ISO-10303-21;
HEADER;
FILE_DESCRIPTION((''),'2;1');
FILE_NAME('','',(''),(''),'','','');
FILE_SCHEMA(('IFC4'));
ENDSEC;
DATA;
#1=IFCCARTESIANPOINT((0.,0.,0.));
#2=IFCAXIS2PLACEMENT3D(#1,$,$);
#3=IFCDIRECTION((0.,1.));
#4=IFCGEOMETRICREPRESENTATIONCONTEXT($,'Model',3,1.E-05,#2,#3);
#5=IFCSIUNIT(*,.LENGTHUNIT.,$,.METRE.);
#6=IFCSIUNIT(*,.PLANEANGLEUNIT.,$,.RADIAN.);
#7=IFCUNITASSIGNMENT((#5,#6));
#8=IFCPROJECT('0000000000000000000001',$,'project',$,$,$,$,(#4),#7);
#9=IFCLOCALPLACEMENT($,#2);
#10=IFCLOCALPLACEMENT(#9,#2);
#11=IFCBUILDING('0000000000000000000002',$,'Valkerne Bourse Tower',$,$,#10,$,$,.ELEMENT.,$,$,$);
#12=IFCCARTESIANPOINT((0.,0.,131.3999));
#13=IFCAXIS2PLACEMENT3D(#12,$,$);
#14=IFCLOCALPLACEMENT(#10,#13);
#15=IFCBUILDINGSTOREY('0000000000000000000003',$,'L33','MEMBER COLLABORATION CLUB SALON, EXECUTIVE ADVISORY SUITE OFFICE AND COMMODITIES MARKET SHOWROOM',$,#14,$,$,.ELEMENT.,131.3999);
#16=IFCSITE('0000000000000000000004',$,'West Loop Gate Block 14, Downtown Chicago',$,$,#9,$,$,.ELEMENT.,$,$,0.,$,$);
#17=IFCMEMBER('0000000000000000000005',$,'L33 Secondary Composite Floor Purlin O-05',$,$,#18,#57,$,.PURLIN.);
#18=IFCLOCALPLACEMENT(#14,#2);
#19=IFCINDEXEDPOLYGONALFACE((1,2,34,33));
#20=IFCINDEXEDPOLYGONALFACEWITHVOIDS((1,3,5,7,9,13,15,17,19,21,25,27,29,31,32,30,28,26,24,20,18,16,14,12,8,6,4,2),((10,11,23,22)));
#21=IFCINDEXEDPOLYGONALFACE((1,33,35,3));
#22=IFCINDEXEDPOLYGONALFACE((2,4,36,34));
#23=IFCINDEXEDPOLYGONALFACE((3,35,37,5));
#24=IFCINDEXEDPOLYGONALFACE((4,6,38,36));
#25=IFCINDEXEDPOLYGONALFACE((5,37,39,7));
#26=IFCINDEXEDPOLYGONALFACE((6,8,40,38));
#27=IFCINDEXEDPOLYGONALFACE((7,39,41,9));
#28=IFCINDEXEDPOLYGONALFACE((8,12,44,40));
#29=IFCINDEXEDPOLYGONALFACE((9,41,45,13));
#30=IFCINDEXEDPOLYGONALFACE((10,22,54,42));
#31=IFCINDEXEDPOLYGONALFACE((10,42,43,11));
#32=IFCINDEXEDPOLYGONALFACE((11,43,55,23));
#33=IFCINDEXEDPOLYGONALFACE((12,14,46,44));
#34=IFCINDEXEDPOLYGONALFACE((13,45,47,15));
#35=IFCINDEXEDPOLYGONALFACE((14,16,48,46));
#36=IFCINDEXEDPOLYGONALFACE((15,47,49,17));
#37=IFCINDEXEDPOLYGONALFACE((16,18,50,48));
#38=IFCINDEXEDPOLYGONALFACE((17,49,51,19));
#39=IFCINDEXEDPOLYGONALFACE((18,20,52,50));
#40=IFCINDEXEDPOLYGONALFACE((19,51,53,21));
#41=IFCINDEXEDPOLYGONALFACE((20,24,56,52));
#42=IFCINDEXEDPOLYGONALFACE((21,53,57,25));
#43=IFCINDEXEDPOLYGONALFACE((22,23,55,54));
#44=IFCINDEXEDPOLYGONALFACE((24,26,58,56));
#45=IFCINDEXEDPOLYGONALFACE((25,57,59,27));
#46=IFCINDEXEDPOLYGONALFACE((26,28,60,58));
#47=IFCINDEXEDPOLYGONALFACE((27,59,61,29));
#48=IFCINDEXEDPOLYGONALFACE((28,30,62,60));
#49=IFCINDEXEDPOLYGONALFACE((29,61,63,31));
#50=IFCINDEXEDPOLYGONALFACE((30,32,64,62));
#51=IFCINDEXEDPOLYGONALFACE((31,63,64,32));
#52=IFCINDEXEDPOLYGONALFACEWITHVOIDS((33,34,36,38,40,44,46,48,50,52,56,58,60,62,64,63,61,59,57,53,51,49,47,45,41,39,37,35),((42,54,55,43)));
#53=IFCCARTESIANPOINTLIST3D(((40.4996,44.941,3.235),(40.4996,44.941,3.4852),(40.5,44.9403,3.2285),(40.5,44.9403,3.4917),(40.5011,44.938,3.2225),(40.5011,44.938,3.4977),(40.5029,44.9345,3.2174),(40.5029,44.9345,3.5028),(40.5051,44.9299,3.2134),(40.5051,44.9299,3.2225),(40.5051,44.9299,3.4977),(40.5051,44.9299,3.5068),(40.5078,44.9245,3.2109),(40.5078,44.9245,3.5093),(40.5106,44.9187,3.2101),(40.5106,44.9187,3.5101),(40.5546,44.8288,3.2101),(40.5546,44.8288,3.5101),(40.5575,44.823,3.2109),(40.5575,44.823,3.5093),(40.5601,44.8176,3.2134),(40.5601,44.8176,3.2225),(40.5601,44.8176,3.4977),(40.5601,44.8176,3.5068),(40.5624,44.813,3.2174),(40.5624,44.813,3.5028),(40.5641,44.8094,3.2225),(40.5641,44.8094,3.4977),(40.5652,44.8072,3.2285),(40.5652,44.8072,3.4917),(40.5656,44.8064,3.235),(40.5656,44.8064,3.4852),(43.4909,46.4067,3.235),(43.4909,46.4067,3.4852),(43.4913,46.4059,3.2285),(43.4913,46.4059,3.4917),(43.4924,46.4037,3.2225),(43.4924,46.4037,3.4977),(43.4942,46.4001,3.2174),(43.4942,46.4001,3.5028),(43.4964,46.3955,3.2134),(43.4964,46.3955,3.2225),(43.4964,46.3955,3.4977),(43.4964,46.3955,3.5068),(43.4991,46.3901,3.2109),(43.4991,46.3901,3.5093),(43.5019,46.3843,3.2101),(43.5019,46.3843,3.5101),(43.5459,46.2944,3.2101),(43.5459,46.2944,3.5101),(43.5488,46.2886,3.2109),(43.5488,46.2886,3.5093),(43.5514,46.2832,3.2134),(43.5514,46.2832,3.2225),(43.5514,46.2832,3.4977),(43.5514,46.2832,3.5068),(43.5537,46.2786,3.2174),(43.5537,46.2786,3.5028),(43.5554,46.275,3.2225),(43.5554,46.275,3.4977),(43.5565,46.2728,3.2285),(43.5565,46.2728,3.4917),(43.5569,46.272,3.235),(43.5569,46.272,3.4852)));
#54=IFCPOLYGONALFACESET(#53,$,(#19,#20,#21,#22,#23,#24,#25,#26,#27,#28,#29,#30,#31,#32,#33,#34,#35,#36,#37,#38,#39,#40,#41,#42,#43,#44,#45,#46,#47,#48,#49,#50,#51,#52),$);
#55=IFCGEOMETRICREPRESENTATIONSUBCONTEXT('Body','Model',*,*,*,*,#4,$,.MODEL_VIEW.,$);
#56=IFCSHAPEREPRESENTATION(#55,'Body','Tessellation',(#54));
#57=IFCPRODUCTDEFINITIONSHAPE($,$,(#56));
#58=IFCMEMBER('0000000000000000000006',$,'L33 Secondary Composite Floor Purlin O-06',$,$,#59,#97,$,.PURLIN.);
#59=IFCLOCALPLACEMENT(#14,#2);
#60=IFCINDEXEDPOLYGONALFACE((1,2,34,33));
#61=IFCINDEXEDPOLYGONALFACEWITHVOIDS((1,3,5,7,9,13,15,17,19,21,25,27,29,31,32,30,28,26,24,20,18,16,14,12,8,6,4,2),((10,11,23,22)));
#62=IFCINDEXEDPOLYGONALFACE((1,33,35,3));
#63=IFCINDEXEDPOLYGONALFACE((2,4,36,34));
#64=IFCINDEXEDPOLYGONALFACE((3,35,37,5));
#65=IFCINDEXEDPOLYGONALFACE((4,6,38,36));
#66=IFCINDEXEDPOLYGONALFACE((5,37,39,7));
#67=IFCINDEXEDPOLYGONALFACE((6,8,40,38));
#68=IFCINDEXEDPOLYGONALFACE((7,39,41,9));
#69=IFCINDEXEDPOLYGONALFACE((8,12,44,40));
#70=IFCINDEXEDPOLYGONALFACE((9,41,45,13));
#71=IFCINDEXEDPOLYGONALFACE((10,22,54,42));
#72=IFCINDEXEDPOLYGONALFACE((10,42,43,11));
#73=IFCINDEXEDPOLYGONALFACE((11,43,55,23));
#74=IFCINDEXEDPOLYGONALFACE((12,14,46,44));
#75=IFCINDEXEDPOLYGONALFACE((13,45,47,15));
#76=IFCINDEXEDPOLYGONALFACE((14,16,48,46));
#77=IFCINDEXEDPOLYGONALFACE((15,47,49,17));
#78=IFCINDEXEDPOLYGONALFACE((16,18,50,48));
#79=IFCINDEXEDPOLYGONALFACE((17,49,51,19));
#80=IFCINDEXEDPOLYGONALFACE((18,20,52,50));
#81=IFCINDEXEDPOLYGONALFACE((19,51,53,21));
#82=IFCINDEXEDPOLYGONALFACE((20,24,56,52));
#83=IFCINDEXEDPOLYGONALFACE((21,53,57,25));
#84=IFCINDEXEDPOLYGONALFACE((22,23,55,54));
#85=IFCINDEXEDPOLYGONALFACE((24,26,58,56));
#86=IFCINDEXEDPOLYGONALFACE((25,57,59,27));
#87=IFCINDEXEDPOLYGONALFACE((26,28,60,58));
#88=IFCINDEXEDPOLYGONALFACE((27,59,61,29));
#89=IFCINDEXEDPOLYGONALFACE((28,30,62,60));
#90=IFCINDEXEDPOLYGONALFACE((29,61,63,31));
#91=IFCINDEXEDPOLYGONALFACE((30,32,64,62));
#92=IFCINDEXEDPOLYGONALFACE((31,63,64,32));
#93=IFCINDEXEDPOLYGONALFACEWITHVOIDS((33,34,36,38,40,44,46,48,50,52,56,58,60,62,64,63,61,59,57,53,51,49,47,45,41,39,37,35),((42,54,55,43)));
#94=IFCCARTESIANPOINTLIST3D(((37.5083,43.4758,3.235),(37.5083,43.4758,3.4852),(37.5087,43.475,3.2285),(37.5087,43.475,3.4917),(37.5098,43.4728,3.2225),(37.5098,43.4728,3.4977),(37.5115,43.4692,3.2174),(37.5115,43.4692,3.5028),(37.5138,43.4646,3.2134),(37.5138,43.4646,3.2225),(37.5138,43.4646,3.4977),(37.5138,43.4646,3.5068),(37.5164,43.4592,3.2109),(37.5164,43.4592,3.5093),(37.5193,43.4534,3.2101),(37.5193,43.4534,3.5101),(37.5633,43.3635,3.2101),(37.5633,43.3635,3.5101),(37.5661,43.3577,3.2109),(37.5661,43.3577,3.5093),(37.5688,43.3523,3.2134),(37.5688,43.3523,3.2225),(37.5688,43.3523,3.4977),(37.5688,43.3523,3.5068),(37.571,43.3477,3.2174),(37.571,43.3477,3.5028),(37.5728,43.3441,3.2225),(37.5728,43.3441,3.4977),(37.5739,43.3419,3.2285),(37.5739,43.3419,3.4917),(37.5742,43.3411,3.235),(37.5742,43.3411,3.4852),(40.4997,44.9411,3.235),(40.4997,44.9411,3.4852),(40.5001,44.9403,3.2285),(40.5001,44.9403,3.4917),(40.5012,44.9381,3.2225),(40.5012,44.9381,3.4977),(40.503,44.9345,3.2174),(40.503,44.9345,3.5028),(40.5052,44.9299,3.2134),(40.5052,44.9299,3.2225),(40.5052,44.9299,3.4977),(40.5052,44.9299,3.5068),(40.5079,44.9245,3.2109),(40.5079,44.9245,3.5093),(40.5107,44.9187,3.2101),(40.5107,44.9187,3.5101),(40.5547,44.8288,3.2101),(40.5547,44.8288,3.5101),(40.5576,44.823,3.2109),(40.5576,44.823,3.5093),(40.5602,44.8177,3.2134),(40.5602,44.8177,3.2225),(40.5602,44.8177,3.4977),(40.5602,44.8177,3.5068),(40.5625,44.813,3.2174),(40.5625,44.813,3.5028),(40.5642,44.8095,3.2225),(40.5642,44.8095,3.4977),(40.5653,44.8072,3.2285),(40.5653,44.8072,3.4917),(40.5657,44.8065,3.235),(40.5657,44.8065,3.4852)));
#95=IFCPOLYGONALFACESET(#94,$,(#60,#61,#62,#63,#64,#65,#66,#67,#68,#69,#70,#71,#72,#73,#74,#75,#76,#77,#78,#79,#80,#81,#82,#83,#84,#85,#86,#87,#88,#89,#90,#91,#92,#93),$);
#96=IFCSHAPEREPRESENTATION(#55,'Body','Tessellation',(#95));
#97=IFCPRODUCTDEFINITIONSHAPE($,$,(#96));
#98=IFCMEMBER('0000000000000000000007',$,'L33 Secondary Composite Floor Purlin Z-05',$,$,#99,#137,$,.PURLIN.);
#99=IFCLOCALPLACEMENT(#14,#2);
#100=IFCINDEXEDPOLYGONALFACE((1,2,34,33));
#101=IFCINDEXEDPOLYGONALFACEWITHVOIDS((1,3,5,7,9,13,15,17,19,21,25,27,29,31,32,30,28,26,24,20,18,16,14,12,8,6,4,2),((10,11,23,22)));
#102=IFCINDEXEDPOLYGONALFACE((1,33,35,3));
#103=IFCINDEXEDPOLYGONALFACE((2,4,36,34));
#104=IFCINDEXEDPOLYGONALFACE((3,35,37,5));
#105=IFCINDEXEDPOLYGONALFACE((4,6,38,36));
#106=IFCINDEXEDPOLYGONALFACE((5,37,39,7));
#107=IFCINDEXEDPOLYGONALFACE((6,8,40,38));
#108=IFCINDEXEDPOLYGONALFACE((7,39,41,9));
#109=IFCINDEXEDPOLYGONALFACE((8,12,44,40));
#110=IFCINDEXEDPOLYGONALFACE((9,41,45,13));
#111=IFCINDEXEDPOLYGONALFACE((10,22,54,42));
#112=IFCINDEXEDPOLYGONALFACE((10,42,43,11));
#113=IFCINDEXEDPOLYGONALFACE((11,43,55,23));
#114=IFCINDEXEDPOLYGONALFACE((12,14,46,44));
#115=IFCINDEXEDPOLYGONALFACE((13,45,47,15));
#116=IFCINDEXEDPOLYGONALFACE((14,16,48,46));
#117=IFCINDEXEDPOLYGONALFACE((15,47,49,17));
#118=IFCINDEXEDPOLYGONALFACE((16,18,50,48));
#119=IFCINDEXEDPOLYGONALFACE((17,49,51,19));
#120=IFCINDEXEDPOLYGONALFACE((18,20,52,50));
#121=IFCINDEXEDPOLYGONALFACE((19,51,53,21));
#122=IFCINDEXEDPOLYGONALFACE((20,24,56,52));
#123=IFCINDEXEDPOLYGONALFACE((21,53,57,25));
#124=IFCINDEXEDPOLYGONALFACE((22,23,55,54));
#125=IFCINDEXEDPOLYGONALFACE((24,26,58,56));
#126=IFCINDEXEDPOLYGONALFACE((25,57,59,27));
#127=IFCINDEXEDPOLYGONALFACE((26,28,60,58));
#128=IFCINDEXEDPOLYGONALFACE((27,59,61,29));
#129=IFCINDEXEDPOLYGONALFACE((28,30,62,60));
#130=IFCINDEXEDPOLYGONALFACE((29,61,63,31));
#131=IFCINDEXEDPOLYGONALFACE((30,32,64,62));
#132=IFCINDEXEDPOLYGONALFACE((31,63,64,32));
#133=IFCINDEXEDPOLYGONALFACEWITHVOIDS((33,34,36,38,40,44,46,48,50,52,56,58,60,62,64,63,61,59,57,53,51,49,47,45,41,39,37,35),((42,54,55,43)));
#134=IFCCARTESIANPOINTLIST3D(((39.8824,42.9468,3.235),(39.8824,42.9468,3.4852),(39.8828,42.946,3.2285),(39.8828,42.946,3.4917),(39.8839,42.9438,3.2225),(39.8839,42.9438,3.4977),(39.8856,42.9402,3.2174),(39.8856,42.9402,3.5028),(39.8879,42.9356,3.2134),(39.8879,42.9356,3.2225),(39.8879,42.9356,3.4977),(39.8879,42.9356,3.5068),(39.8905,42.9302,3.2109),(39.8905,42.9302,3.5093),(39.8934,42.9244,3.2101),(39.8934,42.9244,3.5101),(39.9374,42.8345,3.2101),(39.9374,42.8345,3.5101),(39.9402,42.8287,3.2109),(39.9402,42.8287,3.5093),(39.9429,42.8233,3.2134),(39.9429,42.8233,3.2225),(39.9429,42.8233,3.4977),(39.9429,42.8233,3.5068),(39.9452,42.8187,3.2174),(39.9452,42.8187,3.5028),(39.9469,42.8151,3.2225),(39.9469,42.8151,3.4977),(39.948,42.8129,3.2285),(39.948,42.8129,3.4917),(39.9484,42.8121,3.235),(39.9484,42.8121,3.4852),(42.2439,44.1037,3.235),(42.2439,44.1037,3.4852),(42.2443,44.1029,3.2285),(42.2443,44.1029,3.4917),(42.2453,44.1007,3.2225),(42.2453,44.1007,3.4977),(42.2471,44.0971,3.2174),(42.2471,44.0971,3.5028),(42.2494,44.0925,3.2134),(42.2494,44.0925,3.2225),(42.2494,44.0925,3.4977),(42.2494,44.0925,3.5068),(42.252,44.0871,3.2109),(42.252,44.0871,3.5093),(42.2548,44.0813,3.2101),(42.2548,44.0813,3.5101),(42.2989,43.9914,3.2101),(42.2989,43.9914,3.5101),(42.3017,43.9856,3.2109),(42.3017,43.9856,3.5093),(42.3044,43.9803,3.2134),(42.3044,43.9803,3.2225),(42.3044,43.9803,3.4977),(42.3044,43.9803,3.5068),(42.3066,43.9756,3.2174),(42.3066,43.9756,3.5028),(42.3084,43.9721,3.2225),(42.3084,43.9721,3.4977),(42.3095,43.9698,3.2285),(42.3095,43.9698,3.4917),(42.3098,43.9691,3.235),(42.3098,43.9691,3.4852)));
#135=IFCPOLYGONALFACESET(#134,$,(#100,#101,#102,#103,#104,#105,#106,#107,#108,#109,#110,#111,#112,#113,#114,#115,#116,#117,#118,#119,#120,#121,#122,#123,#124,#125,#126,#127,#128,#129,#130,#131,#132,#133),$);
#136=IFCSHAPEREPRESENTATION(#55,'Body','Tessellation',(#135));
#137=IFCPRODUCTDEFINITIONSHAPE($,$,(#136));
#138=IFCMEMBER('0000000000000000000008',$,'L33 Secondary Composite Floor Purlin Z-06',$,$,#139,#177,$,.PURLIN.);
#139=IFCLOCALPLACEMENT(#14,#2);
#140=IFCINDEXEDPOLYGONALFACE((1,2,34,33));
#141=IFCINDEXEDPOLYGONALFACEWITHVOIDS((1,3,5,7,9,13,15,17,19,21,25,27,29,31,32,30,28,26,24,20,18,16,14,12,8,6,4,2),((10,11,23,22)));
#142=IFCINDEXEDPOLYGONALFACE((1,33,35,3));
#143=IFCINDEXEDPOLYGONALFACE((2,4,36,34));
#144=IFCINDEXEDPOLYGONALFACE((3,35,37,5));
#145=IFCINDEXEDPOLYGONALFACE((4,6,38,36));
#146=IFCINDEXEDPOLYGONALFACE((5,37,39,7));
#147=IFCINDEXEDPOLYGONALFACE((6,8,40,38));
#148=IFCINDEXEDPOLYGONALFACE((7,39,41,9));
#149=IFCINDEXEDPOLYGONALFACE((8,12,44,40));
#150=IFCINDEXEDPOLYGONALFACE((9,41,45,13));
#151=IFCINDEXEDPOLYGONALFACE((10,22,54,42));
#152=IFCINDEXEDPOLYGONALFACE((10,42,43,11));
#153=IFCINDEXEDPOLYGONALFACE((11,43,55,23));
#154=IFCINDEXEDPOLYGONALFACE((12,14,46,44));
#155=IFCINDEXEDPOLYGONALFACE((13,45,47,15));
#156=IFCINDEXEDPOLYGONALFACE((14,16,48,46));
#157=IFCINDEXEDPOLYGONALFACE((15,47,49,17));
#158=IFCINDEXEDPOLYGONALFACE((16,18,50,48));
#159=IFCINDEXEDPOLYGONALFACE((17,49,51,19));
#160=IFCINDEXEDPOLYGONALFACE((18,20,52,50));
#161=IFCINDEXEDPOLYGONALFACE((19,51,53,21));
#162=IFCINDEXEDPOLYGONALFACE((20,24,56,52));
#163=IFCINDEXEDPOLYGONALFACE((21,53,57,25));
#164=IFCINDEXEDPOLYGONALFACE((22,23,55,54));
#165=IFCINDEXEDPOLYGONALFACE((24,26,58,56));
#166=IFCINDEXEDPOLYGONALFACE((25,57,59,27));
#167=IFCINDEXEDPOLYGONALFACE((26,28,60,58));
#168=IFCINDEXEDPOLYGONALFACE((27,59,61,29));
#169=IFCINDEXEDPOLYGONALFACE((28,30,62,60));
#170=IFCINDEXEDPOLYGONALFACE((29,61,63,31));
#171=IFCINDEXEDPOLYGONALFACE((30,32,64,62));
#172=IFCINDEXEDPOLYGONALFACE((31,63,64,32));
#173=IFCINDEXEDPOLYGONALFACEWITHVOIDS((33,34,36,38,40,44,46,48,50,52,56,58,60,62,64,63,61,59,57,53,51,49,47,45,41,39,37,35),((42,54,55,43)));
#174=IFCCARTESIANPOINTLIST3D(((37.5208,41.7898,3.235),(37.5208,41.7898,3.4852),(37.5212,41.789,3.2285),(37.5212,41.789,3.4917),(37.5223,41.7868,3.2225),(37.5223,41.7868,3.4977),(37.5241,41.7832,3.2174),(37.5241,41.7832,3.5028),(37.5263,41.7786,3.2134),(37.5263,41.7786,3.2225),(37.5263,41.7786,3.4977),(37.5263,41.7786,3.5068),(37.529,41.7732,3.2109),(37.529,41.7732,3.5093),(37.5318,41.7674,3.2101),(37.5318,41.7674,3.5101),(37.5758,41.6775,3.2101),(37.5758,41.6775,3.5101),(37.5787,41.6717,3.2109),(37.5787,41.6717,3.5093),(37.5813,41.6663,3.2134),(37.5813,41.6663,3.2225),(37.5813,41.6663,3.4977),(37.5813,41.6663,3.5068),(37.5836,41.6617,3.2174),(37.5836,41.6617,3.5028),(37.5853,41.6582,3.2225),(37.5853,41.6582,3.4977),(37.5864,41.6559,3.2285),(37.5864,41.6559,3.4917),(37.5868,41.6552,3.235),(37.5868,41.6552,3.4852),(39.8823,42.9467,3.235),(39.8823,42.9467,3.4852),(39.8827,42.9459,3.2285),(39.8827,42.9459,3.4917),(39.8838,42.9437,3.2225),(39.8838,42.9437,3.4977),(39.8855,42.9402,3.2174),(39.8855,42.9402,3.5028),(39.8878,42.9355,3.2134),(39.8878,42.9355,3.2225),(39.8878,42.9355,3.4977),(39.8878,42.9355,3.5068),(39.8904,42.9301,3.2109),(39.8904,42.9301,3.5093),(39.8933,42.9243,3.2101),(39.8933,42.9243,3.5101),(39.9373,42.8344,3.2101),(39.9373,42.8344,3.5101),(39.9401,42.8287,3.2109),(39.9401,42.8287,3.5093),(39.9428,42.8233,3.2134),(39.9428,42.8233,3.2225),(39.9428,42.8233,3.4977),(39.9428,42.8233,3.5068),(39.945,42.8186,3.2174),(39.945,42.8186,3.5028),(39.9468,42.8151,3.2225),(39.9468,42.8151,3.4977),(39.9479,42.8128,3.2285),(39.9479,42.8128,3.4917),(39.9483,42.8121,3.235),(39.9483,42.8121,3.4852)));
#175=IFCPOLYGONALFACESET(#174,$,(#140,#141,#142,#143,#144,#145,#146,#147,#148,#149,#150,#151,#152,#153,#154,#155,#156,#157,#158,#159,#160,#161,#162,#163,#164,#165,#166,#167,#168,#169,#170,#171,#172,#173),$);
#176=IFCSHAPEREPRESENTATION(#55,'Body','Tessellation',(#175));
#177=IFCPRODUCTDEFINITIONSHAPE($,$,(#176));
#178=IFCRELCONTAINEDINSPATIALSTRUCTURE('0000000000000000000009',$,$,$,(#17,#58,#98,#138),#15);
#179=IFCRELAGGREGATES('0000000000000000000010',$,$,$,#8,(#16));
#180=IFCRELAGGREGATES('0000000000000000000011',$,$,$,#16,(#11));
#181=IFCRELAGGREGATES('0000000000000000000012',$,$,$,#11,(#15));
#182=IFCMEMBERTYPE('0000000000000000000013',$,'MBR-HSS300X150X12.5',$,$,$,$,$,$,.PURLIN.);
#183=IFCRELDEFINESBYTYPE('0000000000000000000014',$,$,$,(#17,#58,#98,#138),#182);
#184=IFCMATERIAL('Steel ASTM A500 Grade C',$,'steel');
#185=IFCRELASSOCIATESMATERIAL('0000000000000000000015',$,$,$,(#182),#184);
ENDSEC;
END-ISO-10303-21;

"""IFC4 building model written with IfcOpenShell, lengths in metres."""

from ifc_helpers import new_model, si_unit, direction, frame, origin, origin_2d, place, context, subcontext, project, spatial, hollow_rectangle, extrude, material, material_profile, profile_set, type_object, element, save


model = new_model("IFC4")

# Units and contexts
model_context = context("Model", 3, precision=1e-05, world=origin(), true_north=direction((0.0, 1.0)))
body_context = subcontext(model_context, "Body", "Model", "MODEL_VIEW")
ifc_project = project(units=[si_unit("LENGTHUNIT", "METRE"), si_unit("PLANEANGLEUNIT", "RADIAN")], contexts=[model_context])

# Site, building, storey
site_placement = place(None, origin())
site = spatial("IfcSite", under=ifc_project, at=site_placement, Name="West Loop Gate Block 14, Downtown Chicago", CompositionType="ELEMENT", RefElevation=0.0)
building_placement = place(site_placement, origin())
building = spatial("IfcBuilding", under=site, at=building_placement, Name="Valkerne Bourse Tower", CompositionType="ELEMENT")
storey_placement = place(building_placement, frame((0.0, 0.0, 131.3999)))
storey = spatial("IfcBuildingStorey", under=building, at=storey_placement, Name="L33", Description="MEMBER COLLABORATION CLUB SALON, EXECUTIVE ADVISORY SUITE OFFICE AND COMMODITIES MARKET SHOWROOM", CompositionType="ELEMENT", Elevation=131.3999)

# Members
ifc_material_1 = material(Name="Steel ASTM A500 Grade C", Category="steel")
ifc_material_profile_1 = material_profile(ifc_material_1, hollow_rectangle(XDim=0.1499, YDim=0.3, WallThickness=0.0125, OuterFilletRadius=0.0249, at=origin_2d()), Name="HSS300X150X12.5")
ifc_profile_set_1 = profile_set([ifc_material_profile_1], Name="Steel ASTM A500 Grade C")
member_type_1 = type_object("IfcMemberType", Name="MBR-HSS300X150X12.5", PredefinedType="PURLIN", material=ifc_profile_set_1)
for number, where, z_axis, x_axis, name in (
    (1, (43.5239, 46.3394, 3.3601), (-0.898004, -0.439987, 0.0), (0.439987, -0.898004, 0.0), "L33 Secondary Composite Floor Purlin O-05"),
    (2, (40.5327, 44.8738, 3.3601), (-0.898047, -0.439899, 0.0), (0.439899, -0.898047, 0.0), "L33 Secondary Composite Floor Purlin O-06"),
):
    element("IfcMember", number, at=place(storey_placement, frame(where, z_axis=z_axis, x_axis=x_axis)), inside=storey, type_object=member_type_1, Name=name, PredefinedType="PURLIN", context=body_context, shape_type="SweptSolid", body=[
        extrude(hollow_rectangle(XDim=0.1499, YDim=0.3, WallThickness=0.0125, OuterFilletRadius=0.0249, at=origin_2d()), origin(), (0.0, 0.0, 1.0), 3.3311),
    ])
for number, where, z_axis, x_axis, name in (
    (3, (42.2769, 44.0364, 3.3601), (-0.898019, -0.439958, 0.0), (0.439958, -0.898019, 0.0), "L33 Secondary Composite Floor Purlin Z-05"),
    (4, (39.9153, 42.8794, 3.3601), (-0.898019, -0.439958, 0.0), (0.439958, -0.898019, 0.0), "L33 Secondary Composite Floor Purlin Z-06"),
):
    element("IfcMember", number, at=place(storey_placement, frame(where, z_axis=z_axis, x_axis=x_axis)), inside=storey, type_object=member_type_1, Name=name, PredefinedType="PURLIN", context=body_context, shape_type="SweptSolid", body=[
        extrude(hollow_rectangle(XDim=0.1499, YDim=0.3, WallThickness=0.0125, OuterFilletRadius=0.0249, at=origin_2d()), origin(), (0.0, 0.0, 1.0), 2.6296),
    ])

save(model, "model.ifc")
